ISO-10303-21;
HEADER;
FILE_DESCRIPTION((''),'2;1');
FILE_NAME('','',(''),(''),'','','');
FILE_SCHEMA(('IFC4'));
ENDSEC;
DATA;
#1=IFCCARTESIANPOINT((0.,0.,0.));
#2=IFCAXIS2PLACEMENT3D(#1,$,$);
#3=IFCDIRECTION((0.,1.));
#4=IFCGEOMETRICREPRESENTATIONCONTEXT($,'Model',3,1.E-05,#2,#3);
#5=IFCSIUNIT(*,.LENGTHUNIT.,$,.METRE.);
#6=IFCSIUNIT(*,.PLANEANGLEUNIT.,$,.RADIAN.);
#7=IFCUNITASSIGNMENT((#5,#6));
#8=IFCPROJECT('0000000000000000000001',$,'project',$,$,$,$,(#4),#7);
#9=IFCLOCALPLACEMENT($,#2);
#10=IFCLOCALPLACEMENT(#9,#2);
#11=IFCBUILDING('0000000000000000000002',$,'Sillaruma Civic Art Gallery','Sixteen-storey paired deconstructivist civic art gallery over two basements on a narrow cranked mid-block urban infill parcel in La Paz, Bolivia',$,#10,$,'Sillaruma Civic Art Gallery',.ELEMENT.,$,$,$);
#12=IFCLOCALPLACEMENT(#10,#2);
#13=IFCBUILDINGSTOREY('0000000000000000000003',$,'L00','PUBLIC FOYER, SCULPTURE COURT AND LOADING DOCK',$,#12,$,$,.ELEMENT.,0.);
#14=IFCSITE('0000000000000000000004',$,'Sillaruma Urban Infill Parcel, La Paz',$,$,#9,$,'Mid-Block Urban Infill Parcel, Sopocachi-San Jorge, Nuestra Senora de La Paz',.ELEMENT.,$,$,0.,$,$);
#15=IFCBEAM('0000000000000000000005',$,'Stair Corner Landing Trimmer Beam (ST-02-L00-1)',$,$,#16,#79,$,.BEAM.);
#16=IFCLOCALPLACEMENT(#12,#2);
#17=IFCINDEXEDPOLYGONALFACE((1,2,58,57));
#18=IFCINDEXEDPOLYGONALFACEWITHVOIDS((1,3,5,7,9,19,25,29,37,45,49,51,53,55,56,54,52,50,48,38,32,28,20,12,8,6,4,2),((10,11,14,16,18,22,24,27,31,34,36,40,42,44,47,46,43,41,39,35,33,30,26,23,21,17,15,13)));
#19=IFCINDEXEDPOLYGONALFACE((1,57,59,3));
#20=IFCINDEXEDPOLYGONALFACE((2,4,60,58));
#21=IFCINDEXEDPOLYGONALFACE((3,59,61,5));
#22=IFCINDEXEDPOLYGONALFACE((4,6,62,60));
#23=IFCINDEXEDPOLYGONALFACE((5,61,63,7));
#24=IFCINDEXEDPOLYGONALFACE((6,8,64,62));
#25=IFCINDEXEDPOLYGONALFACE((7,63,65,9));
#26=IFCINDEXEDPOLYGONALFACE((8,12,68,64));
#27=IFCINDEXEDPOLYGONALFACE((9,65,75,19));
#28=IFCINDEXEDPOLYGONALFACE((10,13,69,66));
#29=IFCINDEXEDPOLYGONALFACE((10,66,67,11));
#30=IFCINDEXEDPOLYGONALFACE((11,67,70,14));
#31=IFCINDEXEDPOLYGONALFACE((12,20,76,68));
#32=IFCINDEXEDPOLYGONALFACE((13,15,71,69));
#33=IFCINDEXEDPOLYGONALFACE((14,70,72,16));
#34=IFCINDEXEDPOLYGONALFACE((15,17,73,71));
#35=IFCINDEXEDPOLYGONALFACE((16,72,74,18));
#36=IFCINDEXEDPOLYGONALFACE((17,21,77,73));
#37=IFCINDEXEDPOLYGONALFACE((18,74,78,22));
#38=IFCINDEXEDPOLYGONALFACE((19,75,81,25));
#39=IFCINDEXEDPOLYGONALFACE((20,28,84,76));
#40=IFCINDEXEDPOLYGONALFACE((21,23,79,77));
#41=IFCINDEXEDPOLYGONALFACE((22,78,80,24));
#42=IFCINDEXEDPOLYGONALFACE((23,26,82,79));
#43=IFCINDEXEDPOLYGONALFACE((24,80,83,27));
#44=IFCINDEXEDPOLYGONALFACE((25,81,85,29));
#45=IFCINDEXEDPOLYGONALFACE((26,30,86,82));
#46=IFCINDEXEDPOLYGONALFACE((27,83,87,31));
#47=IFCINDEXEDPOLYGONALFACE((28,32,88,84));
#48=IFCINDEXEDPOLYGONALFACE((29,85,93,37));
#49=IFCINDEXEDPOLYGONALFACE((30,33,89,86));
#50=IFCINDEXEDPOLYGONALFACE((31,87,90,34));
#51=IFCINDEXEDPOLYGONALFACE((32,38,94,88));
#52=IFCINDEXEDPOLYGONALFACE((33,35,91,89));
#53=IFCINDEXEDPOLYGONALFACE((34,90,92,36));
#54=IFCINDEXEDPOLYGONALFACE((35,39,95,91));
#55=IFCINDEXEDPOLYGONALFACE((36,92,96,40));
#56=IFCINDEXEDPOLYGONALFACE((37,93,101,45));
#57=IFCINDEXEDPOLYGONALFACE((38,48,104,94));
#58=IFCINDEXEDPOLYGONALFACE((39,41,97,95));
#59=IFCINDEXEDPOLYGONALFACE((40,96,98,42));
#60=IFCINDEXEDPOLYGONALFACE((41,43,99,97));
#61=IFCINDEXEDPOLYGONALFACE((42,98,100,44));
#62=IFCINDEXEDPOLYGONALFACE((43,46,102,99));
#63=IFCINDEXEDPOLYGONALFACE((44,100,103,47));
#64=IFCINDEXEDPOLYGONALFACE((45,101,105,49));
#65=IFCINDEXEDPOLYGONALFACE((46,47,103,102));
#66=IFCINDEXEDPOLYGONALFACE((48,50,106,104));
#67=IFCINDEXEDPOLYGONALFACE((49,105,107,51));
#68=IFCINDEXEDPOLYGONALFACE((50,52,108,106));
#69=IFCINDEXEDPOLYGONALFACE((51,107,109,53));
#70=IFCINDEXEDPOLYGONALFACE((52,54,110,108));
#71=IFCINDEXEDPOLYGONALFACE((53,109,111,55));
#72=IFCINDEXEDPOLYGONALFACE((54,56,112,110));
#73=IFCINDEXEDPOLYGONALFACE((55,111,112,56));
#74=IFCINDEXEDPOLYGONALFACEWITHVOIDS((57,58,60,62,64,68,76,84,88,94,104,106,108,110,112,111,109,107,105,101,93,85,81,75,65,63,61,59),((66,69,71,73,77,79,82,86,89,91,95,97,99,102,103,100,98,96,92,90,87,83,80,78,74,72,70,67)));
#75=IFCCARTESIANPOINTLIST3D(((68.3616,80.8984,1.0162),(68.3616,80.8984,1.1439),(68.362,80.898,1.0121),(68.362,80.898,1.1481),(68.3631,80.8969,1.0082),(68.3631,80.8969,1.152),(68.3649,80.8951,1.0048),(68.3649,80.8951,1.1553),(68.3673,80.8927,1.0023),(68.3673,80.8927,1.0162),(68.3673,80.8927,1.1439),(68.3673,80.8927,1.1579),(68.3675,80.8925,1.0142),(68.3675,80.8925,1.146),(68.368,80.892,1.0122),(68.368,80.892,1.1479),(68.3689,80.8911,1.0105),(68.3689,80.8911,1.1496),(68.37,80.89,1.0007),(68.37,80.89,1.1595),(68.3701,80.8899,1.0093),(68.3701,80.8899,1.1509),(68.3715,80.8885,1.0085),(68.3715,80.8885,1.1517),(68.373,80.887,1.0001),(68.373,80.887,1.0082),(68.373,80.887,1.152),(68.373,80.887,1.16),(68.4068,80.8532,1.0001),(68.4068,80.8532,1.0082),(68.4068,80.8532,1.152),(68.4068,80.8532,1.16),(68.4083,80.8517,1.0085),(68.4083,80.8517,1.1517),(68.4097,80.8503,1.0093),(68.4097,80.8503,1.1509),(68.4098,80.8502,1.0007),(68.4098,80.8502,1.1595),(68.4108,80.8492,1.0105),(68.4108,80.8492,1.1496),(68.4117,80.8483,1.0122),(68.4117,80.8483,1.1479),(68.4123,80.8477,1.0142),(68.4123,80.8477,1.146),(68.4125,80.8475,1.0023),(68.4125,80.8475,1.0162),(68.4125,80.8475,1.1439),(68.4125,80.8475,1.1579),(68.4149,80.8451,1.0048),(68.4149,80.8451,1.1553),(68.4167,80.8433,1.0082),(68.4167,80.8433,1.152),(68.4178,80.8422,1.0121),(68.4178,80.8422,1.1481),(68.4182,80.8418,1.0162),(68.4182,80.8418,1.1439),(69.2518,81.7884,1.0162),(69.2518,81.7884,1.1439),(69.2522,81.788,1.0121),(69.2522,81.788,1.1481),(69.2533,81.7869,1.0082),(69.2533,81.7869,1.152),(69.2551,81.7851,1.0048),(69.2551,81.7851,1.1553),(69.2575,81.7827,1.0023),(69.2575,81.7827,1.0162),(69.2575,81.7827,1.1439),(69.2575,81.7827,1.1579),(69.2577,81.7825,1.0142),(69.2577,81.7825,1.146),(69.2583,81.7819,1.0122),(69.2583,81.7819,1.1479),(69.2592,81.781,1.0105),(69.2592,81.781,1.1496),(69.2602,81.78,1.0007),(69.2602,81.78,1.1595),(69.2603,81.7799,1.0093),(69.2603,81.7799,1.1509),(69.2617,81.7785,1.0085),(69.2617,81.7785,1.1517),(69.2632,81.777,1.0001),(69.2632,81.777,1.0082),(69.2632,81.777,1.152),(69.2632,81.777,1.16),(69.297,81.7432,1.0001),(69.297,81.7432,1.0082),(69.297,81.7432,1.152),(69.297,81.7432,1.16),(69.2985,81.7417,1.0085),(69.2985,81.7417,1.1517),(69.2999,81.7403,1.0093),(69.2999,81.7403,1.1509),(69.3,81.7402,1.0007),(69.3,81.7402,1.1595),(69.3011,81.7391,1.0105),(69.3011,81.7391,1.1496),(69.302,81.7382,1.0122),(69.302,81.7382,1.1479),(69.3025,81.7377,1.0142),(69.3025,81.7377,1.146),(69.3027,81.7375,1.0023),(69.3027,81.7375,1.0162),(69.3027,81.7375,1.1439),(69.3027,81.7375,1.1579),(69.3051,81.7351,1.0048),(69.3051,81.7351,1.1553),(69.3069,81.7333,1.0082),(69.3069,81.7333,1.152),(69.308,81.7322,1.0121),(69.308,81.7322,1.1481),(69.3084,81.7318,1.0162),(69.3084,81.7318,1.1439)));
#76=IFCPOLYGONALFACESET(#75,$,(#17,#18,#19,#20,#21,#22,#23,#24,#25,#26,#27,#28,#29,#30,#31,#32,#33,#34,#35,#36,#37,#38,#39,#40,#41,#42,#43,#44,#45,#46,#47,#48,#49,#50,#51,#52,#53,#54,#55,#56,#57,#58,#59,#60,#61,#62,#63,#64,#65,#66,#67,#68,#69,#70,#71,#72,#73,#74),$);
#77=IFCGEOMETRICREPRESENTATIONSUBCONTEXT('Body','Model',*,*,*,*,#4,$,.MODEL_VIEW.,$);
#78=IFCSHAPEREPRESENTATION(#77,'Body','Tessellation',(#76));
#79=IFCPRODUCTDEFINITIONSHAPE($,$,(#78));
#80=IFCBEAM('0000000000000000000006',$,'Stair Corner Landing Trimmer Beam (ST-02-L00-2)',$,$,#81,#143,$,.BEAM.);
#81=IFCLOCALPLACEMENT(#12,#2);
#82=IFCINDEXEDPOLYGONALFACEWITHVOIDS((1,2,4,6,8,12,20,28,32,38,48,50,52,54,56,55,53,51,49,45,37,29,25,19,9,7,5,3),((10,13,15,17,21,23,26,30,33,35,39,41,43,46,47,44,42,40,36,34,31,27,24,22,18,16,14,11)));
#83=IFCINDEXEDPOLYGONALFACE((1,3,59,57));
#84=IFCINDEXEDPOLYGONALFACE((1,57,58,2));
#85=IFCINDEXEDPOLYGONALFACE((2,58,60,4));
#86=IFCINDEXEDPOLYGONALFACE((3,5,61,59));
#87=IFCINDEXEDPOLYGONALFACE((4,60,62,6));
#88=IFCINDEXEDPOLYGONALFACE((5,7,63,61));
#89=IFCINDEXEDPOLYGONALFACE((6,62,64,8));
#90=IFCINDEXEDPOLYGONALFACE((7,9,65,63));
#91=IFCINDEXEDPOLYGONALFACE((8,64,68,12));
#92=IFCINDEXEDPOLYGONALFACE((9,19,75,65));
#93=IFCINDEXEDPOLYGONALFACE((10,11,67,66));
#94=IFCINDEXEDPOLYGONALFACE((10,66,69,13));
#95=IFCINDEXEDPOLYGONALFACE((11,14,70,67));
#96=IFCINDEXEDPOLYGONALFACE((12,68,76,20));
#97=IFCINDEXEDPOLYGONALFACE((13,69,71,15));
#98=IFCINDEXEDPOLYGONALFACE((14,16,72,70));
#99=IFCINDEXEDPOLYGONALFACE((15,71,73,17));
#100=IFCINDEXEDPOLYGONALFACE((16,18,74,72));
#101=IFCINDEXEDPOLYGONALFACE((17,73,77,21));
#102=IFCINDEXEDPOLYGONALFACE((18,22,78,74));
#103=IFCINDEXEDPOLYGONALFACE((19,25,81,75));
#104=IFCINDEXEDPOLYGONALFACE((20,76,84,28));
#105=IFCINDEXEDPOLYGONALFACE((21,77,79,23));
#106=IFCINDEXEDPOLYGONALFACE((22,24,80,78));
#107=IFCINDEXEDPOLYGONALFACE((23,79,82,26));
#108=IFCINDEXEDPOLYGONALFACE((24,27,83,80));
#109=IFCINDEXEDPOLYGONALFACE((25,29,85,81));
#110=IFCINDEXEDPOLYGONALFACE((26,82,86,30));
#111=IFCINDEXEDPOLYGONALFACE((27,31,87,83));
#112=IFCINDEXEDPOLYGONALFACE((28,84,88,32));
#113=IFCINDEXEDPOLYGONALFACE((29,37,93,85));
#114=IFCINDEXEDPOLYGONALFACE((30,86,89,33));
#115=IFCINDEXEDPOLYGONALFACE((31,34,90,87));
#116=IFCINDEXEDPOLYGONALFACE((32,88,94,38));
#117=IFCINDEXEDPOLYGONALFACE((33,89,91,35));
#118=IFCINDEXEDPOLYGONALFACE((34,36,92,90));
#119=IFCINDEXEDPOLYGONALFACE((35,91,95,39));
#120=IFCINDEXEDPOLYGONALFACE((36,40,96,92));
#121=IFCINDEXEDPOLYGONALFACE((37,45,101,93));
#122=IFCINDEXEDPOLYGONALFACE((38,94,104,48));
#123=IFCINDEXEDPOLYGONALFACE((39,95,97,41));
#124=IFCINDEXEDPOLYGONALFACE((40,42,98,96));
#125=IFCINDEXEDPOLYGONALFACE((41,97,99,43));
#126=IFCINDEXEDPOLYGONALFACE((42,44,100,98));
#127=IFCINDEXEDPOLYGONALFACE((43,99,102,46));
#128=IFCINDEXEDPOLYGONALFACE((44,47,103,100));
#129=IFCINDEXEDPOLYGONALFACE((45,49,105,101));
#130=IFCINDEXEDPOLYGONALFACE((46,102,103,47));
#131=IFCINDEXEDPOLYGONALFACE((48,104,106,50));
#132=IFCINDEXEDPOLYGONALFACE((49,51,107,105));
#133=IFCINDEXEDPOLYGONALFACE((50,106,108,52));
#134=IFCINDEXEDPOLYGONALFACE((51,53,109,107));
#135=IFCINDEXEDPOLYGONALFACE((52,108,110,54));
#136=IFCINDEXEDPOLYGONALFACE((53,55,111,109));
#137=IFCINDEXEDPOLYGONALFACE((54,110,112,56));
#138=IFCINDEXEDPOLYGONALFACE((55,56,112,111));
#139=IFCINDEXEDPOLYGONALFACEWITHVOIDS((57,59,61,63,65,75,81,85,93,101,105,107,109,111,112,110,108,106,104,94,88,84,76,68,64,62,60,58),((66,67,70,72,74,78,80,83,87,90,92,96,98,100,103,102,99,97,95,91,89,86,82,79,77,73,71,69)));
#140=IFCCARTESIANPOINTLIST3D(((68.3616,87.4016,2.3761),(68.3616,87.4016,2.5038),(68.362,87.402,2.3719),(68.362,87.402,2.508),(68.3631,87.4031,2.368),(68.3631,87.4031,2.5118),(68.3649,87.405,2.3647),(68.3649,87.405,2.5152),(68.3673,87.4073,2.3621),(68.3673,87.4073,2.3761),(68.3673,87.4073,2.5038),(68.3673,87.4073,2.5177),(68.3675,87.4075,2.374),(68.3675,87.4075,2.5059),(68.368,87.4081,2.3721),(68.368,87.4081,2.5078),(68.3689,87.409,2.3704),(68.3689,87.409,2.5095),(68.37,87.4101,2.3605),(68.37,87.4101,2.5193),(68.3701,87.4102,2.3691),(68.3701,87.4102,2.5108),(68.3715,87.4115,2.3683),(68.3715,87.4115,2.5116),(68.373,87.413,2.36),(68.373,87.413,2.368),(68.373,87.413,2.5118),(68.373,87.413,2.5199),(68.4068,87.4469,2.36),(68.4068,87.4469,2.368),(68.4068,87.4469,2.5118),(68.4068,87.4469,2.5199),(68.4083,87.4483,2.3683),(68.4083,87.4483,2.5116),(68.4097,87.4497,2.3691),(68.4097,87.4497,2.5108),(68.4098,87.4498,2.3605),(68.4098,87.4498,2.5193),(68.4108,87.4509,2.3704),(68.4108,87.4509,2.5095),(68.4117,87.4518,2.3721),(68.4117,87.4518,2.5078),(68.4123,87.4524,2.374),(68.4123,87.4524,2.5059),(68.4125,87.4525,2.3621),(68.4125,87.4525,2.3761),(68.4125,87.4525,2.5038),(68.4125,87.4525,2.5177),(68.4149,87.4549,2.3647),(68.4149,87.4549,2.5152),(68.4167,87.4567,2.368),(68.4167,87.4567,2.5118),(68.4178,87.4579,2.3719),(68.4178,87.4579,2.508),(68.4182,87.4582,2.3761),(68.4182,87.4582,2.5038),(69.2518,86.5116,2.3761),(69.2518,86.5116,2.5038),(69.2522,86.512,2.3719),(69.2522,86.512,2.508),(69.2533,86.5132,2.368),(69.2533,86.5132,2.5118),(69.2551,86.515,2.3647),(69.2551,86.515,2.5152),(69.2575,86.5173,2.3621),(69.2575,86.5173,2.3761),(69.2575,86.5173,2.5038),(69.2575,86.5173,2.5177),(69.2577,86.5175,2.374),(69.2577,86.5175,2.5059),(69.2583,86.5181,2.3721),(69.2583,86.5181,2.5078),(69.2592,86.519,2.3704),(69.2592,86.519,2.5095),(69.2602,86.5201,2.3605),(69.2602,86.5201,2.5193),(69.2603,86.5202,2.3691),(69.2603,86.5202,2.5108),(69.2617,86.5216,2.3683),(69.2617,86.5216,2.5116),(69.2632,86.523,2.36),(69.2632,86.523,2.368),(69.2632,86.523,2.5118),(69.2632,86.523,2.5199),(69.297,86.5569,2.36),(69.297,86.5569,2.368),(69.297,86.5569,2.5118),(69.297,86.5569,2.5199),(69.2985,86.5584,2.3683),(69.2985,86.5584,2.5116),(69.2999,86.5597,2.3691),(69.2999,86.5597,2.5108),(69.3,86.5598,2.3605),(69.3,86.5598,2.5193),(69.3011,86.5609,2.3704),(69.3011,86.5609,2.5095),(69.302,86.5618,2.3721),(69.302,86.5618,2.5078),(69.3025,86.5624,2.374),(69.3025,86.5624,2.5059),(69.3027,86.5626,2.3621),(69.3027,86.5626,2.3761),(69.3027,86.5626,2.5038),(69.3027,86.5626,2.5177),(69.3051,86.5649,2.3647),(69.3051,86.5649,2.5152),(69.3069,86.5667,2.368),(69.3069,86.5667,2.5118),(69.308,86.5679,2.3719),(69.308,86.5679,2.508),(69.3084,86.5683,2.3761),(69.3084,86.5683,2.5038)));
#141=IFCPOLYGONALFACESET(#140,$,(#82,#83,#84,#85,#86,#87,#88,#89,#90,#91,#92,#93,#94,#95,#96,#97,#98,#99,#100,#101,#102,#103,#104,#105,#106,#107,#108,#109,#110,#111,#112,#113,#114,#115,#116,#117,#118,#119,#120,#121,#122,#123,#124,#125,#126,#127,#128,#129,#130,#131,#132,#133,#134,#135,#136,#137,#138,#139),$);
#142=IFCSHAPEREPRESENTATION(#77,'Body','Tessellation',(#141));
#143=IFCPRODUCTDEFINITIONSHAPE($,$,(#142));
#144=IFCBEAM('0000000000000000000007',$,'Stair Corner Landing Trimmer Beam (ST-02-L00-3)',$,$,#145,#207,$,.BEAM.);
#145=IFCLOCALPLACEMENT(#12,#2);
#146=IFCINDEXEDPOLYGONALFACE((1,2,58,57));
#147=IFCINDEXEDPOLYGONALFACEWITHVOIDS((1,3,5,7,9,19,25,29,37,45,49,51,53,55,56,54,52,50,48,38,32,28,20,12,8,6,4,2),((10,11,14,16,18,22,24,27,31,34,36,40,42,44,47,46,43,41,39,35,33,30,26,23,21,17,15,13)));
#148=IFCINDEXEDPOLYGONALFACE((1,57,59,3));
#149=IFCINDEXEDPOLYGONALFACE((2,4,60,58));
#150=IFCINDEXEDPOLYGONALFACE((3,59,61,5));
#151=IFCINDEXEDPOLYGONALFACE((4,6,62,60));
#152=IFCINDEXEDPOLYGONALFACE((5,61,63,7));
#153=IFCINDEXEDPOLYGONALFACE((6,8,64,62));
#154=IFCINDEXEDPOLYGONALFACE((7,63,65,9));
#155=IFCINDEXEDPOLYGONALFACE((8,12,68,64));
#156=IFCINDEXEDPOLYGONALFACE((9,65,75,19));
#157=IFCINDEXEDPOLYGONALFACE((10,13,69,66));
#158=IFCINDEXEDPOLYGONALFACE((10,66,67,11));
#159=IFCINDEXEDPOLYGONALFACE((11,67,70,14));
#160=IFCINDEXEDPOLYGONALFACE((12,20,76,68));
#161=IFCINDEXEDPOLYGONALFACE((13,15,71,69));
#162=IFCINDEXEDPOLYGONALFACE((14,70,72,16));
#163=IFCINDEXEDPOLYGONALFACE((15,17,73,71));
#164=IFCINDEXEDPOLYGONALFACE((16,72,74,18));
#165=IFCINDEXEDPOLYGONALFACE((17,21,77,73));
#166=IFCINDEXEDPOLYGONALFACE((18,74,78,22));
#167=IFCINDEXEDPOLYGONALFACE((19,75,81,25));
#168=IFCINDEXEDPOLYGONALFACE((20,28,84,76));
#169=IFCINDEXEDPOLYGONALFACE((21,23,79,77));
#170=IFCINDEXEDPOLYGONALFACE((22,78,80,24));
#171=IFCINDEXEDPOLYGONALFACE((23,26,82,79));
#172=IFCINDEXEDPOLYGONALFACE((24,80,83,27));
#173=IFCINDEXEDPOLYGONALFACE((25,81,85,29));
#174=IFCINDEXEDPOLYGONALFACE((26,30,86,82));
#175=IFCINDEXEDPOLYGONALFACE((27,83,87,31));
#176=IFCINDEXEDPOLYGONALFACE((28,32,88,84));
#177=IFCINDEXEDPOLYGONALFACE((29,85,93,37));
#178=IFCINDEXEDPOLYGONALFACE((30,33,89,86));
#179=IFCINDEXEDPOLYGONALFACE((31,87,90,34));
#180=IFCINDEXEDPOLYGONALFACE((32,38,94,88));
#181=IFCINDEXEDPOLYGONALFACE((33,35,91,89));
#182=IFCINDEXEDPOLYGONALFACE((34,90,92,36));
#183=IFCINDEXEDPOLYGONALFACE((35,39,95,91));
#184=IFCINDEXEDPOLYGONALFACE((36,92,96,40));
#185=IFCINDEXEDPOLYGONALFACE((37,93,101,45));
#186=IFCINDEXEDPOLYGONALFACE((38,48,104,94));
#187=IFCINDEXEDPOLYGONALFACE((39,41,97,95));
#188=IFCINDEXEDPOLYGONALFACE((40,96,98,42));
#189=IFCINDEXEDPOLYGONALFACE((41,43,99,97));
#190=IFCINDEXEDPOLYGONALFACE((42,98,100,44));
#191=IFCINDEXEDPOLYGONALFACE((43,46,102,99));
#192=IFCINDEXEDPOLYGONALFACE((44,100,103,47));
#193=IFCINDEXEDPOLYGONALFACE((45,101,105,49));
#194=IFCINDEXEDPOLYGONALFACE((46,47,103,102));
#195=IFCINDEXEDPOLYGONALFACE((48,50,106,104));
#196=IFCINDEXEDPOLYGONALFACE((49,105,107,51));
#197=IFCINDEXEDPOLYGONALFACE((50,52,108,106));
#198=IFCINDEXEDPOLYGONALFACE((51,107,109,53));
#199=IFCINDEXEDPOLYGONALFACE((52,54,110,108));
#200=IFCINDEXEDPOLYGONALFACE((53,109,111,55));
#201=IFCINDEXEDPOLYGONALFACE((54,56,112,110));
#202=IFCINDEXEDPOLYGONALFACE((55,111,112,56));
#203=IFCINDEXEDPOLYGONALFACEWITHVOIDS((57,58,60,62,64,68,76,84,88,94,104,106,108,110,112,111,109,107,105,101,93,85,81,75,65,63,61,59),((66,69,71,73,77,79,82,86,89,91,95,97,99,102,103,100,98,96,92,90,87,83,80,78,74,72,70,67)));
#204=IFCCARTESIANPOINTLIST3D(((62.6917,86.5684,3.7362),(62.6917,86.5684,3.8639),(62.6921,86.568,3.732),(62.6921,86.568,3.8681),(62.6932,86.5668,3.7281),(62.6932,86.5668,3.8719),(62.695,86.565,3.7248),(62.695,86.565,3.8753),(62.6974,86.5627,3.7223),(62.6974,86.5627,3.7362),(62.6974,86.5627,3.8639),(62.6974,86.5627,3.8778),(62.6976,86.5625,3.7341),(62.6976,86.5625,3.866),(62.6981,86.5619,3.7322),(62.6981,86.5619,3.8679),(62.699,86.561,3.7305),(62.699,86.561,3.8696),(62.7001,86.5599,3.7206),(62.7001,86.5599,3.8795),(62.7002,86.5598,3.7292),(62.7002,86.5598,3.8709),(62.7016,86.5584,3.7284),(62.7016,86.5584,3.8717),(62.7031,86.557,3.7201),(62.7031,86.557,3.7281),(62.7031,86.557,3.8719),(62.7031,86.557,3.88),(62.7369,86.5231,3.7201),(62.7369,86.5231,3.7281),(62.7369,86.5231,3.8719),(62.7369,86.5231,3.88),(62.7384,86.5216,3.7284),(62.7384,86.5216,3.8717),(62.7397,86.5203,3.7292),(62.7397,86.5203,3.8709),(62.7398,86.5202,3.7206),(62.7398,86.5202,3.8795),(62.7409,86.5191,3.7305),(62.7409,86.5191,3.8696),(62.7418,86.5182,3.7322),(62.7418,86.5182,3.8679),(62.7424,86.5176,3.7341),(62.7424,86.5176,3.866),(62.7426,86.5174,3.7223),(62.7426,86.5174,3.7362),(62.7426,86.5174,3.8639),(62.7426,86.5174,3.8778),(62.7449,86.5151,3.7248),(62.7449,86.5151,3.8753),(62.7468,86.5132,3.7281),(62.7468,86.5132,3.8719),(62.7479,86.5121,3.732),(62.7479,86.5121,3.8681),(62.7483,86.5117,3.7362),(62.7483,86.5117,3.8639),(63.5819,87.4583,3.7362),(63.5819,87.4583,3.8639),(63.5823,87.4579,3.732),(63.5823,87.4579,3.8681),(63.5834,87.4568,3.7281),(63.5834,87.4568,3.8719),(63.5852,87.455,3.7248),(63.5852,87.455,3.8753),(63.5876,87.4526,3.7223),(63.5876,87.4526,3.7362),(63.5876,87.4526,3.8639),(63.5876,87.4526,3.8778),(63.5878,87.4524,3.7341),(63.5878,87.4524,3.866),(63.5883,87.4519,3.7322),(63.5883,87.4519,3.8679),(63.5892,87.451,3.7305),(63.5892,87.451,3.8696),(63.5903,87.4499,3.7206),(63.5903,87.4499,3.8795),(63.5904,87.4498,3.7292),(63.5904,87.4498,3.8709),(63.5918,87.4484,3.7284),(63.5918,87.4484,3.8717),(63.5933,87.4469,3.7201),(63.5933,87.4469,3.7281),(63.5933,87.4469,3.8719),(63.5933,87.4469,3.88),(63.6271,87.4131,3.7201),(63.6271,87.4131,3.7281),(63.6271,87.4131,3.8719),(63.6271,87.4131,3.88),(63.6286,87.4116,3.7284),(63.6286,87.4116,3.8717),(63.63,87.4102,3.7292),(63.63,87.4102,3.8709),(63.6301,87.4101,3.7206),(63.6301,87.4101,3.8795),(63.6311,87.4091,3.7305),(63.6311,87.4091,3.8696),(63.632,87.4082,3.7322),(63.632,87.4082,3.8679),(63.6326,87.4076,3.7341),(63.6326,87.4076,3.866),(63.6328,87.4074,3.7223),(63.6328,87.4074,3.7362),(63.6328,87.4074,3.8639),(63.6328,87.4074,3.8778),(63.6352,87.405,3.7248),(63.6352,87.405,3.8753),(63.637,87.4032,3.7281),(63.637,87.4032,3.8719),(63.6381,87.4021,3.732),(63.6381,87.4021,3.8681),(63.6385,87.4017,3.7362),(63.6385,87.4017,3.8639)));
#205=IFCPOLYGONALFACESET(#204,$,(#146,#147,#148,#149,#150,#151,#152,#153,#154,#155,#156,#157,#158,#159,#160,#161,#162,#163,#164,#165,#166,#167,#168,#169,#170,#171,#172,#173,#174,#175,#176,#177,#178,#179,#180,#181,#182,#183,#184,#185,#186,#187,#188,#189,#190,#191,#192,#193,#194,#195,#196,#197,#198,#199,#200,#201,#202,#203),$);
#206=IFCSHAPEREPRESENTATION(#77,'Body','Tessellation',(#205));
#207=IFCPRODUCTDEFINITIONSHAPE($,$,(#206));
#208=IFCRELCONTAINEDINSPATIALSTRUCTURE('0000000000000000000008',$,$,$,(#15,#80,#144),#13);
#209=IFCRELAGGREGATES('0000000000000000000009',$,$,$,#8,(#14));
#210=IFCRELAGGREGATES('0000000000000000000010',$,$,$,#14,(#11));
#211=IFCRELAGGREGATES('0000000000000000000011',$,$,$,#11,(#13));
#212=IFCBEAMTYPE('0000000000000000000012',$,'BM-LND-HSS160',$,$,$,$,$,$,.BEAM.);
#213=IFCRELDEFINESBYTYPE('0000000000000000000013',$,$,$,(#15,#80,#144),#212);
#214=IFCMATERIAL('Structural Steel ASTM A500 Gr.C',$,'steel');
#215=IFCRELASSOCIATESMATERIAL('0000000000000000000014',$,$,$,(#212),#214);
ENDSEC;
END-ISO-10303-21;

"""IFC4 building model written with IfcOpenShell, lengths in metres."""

from ifc_helpers import new_model, si_unit, direction, frame, origin, origin_2d, place, context, subcontext, project, spatial, hollow_rectangle, extrude, material, material_profile, profile_set, type_object, element, save


model = new_model("IFC4")

# Units and contexts
model_context = context("Model", 3, precision=1e-05, world=origin(), true_north=direction((0.0, 1.0)))
body_context = subcontext(model_context, "Body", "Model", "MODEL_VIEW")
ifc_project = project(units=[si_unit("LENGTHUNIT", "METRE"), si_unit("PLANEANGLEUNIT", "RADIAN")], contexts=[model_context])

# Site, building, storey
site_placement = place(None, origin())
site = spatial("IfcSite", under=ifc_project, at=site_placement, Name="Sillaruma Urban Infill Parcel, La Paz", LongName="Mid-Block Urban Infill Parcel, Sopocachi-San Jorge, Nuestra Senora de La Paz", CompositionType="ELEMENT", RefElevation=0.0)
building_placement = place(site_placement, origin())
building = spatial("IfcBuilding", under=site, at=building_placement, Name="Sillaruma Civic Art Gallery", Description="Sixteen-storey paired deconstructivist civic art gallery over two basements on a narrow cranked mid-block urban infill parcel in La Paz, Bolivia", LongName="Sillaruma Civic Art Gallery", CompositionType="ELEMENT")
storey_placement = place(building_placement, origin())
storey = spatial("IfcBuildingStorey", under=building, at=storey_placement, Name="L00", Description="PUBLIC FOYER, SCULPTURE COURT AND LOADING DOCK", CompositionType="ELEMENT", Elevation=0.0)

# Beams
ifc_material_1 = material(Name="Structural Steel ASTM A500 Gr.C", Category="steel")
ifc_material_profile_1 = material_profile(ifc_material_1, hollow_rectangle(XDim=0.0801, YDim=0.1599, WallThickness=0.0081, InnerFilletRadius=0.0081, OuterFilletRadius=0.0161, at=origin_2d()), Name="HSS160x80x8")
ifc_profile_set_1 = profile_set([ifc_material_profile_1], Name="Structural Steel ASTM A500 Gr.C")
beam_type_1 = type_object("IfcBeamType", Name="BM-LND-HSS160", PredefinedType="BEAM", material=ifc_profile_set_1)
for number, where, z_axis, x_axis, name in (
    (1, (68.3899, 80.8701, 1.0801), (0.707204, 0.70701, 0.0), (-0.70701, 0.707204, 0.0), "Stair Corner Landing Trimmer Beam (ST-02-L00-1)"),
    (2, (68.3899, 87.4299, 2.4399), (0.707204, -0.70701, 0.0), (0.70701, 0.707204, 0.0), "Stair Corner Landing Trimmer Beam (ST-02-L00-2)"),
    (3, (62.72, 86.54, 3.8), (0.707204, 0.70701, 0.0), (-0.70701, 0.707204, 0.0), "Stair Corner Landing Trimmer Beam (ST-02-L00-3)"),
):
    element("IfcBeam", number, at=place(storey_placement, frame(where, z_axis=z_axis, x_axis=x_axis)), inside=storey, type_object=beam_type_1, Name=name, PredefinedType="BEAM", context=body_context, shape_type="SweptSolid", body=[
        extrude(hollow_rectangle(XDim=0.0801, YDim=0.1599, WallThickness=0.0081, InnerFilletRadius=0.0081, OuterFilletRadius=0.0161, at=origin_2d()), origin(), (0.0, 0.0, 1.0), 1.2588),
    ])

save(model, "model.ifc")
